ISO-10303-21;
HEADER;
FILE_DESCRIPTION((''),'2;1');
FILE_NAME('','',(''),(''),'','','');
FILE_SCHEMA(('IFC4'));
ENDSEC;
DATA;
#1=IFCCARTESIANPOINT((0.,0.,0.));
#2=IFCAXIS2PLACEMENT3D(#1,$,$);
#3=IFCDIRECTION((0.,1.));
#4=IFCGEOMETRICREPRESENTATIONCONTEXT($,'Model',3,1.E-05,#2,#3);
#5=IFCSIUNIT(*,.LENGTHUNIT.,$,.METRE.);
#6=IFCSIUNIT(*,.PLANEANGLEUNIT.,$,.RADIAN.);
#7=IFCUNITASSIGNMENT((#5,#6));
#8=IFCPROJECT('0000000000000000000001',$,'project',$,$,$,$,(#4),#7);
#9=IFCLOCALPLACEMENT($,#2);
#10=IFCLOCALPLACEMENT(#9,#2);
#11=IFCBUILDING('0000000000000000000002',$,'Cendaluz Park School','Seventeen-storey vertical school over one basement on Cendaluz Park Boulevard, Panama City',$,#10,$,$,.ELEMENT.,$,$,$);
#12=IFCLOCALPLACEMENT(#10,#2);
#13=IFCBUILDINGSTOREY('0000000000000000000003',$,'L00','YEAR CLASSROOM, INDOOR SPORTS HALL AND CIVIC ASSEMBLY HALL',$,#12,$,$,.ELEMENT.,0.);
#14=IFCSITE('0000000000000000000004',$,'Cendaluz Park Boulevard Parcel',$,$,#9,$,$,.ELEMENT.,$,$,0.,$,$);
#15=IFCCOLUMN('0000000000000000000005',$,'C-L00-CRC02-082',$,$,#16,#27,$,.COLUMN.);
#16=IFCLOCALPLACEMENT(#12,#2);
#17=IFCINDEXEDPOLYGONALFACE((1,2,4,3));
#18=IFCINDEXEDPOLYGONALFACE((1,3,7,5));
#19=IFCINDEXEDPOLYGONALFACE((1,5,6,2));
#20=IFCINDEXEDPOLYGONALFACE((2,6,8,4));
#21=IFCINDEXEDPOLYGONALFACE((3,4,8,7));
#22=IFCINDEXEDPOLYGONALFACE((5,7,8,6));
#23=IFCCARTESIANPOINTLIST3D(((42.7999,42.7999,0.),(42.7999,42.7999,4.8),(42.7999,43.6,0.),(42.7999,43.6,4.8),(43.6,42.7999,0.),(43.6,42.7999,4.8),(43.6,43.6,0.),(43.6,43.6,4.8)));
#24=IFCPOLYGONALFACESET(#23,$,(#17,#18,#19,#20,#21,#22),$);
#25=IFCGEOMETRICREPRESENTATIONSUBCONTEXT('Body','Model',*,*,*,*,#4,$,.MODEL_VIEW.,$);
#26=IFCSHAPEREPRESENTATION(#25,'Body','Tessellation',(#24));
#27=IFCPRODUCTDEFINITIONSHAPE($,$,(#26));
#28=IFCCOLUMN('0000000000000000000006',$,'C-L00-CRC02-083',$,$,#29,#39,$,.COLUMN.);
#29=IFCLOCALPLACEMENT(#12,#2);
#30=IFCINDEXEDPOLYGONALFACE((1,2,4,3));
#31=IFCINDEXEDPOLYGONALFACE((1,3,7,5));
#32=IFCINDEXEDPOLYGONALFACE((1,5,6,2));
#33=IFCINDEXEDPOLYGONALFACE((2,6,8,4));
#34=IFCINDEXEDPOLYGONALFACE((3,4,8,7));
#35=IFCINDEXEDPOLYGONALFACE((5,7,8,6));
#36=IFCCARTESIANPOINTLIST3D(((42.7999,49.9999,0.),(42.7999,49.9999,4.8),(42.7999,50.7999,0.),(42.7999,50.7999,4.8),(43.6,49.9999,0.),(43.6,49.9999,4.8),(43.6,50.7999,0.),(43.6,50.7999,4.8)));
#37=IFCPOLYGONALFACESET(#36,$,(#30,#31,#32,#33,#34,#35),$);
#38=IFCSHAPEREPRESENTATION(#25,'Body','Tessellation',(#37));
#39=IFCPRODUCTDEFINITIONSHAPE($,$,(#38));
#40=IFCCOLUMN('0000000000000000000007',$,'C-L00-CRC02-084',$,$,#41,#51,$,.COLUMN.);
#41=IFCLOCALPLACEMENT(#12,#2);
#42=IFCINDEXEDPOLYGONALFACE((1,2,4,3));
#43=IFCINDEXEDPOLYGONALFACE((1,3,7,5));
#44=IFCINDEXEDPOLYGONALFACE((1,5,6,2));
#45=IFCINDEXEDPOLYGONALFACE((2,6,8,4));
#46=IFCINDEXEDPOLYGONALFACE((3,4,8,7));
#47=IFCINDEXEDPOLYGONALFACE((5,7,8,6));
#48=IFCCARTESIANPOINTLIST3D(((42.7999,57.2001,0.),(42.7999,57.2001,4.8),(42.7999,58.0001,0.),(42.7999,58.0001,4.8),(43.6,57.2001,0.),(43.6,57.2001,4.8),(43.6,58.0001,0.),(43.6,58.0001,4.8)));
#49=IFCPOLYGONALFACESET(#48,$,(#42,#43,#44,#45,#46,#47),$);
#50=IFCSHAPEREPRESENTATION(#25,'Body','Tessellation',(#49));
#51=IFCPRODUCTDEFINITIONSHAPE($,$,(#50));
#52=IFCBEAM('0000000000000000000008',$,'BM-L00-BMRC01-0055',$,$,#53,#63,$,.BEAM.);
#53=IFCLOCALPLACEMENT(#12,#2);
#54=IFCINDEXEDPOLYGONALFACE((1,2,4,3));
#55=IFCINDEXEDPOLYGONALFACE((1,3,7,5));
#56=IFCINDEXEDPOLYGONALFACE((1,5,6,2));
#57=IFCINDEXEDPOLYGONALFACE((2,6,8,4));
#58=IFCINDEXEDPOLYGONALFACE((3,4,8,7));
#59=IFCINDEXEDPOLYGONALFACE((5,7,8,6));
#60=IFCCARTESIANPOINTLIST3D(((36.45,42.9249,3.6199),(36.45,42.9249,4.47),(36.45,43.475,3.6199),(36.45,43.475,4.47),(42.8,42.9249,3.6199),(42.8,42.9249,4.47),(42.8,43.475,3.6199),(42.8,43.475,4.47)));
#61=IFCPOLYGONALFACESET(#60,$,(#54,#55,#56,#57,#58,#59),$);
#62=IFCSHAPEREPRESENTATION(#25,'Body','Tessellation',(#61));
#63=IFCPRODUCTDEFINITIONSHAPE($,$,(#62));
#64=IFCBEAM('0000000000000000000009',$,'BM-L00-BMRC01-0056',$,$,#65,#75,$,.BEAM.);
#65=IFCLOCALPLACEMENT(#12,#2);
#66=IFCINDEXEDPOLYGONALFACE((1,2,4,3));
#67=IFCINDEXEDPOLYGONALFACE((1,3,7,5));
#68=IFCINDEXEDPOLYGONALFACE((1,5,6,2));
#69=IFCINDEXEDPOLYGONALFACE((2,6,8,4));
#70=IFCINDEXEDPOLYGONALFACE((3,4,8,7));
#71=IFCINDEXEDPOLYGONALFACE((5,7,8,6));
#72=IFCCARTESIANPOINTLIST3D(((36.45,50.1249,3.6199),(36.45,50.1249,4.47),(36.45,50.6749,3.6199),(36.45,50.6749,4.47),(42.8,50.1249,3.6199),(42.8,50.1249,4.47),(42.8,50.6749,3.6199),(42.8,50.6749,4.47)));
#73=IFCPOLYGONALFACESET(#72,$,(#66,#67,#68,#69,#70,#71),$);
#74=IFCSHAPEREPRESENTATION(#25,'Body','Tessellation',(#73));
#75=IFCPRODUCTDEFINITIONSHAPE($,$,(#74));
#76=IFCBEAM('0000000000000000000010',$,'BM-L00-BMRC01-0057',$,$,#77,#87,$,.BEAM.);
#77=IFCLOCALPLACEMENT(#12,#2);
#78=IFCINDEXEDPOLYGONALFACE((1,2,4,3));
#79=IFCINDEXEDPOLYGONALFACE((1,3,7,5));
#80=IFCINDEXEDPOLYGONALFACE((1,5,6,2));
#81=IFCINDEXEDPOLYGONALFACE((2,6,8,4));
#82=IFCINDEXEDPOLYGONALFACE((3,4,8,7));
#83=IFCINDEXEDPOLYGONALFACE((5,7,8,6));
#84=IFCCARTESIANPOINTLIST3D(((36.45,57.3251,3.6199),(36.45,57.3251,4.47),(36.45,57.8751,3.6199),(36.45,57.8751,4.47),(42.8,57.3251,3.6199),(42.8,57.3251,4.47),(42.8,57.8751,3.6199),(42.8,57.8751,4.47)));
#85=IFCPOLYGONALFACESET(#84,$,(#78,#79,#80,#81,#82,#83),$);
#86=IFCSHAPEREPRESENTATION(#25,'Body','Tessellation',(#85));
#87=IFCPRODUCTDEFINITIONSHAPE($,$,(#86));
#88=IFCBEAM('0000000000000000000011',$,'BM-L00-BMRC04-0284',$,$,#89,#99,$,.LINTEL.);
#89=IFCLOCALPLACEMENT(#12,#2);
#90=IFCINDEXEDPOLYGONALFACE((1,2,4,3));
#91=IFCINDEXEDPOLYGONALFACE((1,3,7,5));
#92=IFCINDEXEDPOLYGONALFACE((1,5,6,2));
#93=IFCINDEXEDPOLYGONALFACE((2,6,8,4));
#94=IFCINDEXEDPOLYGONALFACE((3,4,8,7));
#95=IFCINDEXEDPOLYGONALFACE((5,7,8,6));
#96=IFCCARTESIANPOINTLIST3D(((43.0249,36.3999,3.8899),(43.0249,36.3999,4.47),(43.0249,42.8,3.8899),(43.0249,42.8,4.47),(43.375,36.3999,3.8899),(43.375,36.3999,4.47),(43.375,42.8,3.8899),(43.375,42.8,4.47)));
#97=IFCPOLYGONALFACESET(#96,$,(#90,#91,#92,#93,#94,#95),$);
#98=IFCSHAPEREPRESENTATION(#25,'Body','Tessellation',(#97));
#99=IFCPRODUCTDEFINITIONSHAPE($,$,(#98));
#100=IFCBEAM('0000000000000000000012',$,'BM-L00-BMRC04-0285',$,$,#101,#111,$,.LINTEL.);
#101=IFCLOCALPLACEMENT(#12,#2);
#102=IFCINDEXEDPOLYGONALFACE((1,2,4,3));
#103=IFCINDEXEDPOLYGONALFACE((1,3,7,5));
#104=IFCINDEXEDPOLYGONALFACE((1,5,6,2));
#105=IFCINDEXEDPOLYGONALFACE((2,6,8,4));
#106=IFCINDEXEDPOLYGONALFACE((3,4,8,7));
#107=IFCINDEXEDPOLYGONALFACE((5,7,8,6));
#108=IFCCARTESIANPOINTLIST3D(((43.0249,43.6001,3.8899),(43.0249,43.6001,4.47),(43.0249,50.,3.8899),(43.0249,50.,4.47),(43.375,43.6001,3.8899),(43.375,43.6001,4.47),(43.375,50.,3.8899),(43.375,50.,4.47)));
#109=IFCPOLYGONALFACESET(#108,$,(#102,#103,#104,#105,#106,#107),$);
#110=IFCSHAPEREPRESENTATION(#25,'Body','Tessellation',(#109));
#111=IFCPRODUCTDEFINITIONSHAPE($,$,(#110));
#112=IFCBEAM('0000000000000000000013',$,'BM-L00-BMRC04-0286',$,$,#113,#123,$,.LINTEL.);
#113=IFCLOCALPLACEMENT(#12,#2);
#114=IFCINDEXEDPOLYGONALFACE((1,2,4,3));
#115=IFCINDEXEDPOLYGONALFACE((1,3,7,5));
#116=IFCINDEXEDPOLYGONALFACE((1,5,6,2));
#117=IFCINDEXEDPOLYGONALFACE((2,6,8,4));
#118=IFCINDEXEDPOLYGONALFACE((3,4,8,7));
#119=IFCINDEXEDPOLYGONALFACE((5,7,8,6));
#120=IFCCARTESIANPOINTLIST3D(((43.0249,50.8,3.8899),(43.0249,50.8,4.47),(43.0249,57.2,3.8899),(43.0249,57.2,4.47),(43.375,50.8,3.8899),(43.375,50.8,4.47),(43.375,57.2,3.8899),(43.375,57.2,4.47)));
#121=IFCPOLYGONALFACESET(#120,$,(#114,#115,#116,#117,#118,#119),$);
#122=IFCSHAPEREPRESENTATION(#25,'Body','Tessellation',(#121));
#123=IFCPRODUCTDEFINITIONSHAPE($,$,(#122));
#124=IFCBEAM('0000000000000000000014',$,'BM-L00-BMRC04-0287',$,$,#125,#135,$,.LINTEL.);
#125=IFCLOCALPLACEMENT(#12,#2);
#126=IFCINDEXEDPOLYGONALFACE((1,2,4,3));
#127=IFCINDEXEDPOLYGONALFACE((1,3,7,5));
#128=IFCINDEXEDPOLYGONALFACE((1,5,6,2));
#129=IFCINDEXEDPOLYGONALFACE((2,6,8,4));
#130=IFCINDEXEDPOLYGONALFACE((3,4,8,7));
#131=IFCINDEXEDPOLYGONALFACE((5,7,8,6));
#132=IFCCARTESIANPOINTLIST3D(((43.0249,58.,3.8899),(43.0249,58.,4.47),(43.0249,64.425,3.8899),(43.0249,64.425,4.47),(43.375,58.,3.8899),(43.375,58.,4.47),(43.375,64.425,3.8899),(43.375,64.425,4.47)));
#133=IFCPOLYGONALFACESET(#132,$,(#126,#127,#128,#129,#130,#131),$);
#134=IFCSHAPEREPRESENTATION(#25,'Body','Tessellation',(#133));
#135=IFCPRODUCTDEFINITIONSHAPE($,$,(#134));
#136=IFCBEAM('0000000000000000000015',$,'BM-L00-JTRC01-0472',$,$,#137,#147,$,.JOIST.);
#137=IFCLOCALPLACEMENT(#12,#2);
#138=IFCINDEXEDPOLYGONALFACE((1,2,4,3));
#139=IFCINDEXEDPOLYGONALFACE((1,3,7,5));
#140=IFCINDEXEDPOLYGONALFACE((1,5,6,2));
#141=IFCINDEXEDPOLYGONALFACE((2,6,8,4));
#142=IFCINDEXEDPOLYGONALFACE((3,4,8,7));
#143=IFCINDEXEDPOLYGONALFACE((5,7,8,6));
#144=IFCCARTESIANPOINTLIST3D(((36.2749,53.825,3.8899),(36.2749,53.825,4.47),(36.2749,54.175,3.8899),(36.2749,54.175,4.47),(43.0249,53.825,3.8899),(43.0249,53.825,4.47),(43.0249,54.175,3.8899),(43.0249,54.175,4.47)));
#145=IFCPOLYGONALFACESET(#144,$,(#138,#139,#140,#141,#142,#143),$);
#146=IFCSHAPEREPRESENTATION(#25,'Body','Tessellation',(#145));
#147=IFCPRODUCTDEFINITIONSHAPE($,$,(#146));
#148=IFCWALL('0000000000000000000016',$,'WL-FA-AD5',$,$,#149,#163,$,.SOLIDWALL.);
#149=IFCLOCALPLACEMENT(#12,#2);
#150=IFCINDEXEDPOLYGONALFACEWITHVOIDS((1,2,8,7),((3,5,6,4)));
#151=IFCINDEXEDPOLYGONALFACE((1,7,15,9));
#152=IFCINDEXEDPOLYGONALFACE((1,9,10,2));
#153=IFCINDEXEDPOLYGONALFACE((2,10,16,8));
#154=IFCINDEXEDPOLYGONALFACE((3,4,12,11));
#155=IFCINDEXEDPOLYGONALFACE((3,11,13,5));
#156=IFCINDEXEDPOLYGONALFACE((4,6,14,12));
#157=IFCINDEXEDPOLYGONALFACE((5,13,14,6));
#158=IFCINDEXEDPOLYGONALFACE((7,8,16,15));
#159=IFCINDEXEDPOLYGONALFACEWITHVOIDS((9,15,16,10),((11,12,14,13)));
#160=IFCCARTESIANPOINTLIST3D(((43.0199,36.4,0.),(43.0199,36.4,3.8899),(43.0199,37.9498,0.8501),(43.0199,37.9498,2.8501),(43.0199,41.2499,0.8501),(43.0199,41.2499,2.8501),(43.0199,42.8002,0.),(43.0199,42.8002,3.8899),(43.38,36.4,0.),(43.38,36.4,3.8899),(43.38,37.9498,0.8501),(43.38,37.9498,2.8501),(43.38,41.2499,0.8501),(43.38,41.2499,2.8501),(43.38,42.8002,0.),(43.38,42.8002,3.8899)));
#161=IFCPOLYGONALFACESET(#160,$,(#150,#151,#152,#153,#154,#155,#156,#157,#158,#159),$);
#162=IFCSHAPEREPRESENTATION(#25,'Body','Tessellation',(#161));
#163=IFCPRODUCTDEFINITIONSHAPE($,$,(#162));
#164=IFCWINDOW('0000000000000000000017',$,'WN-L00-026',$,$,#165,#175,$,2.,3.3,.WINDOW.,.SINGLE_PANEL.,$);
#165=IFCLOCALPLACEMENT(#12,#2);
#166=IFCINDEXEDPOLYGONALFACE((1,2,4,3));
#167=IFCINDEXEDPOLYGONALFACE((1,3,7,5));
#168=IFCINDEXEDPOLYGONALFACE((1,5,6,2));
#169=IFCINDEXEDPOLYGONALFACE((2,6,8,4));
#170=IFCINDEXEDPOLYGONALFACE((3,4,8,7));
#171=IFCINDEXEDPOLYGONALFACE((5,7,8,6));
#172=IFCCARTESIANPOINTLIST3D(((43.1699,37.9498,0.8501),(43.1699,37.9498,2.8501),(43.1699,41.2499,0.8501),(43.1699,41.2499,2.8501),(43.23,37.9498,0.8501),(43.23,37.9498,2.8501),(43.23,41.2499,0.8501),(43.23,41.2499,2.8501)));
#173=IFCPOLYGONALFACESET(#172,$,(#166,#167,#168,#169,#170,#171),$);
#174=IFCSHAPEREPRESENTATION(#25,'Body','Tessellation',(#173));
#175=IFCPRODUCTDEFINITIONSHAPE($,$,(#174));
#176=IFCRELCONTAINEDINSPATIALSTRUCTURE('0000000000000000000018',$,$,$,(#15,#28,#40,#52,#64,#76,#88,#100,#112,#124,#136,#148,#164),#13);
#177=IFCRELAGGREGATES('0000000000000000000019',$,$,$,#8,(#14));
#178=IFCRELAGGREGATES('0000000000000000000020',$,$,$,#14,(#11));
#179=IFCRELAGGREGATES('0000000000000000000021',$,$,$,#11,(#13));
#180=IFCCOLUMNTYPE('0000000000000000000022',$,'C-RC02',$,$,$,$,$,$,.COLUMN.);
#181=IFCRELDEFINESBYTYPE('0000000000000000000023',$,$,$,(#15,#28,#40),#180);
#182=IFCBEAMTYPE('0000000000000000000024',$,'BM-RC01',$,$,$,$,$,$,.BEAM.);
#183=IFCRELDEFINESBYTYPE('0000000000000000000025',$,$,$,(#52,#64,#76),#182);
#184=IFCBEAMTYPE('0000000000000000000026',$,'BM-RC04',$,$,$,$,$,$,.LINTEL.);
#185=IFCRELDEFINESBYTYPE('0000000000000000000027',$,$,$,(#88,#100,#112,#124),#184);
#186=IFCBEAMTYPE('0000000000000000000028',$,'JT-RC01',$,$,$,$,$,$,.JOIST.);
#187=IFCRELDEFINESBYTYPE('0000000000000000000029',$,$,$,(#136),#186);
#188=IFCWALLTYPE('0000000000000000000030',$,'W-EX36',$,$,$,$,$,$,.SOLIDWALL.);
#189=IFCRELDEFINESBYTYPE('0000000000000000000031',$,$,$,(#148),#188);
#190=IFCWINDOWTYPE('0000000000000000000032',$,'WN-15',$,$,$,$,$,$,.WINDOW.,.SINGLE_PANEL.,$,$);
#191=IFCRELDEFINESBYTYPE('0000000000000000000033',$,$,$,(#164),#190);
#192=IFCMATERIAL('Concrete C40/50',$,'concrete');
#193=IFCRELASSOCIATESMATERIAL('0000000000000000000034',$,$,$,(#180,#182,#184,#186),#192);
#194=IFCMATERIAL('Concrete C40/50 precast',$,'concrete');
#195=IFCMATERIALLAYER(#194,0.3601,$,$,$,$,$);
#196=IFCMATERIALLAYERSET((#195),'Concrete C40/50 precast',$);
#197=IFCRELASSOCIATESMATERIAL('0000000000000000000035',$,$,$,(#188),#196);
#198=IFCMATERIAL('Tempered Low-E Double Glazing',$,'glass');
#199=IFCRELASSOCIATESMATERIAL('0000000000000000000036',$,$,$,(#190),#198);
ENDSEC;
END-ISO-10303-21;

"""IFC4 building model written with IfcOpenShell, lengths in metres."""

from ifc_helpers import new_model, si_unit, direction, frame, frame_2d, origin, origin_2d, place, context, subcontext, project, spatial, rectangle, extrude, material, layer, layer_set, material_profile, profile_set, type_object, element, fill, save


model = new_model("IFC4")

# Units and contexts
model_context = context("Model", 3, precision=1e-05, world=origin(), true_north=direction((0.0, 1.0)))
body_context = subcontext(model_context, "Body", "Model", "MODEL_VIEW")
ifc_project = project(units=[si_unit("LENGTHUNIT", "METRE"), si_unit("PLANEANGLEUNIT", "RADIAN")], contexts=[model_context])

# Site, building, storey
site_placement = place(None, origin())
site = spatial("IfcSite", under=ifc_project, at=site_placement, Name="Cendaluz Park Boulevard Parcel", CompositionType="ELEMENT", RefElevation=0.0)
building_placement = place(site_placement, origin())
building = spatial("IfcBuilding", under=site, at=building_placement, Name="Cendaluz Park School", Description="Seventeen-storey vertical school over one basement on Cendaluz Park Boulevard, Panama City", CompositionType="ELEMENT")
storey_placement = place(building_placement, origin())
storey = spatial("IfcBuildingStorey", under=building, at=storey_placement, Name="L00", Description="YEAR CLASSROOM, INDOOR SPORTS HALL AND CIVIC ASSEMBLY HALL", CompositionType="ELEMENT", Elevation=0.0)

# Columns
ifc_material_1 = material(Name="Concrete C40/50", Category="concrete")
ifc_material_profile_1 = material_profile(ifc_material_1, rectangle(XDim=0.8, YDim=0.8, at=origin_2d()), Name="RC 800x800", Category="concrete")
ifc_profile_set_1 = profile_set([ifc_material_profile_1], Name="Concrete C40/50")
column_type = type_object("IfcColumnType", Name="C-RC02", PredefinedType="COLUMN", material=ifc_profile_set_1)
for number, where, z_axis, x_axis, name in (
    (1, (43.2, 43.2, 0.0), (0.0, 0.0, 1.0), (1.0, 0.0, 0.0), "C-L00-CRC02-082"),
    (2, (43.2, 50.3999, 0.0), (0.0, 0.0, 1.0), (1.0, 0.0, 0.0), "C-L00-CRC02-083"),
    (3, (43.2, 57.6001, 0.0), (0.0, 0.0, 1.0), (1.0, 0.0, 0.0), "C-L00-CRC02-084"),
):
    element("IfcColumn", number, at=place(storey_placement, frame(where, z_axis=z_axis, x_axis=x_axis)), inside=storey, type_object=column_type, Name=name, PredefinedType="COLUMN", context=body_context, shape_type="SweptSolid", body=[
        extrude(rectangle(XDim=0.8, YDim=0.8, at=origin_2d()), origin(), (0.0, 0.0, 1.0), 4.8),
    ])

# Beams
ifc_material_profile_2 = material_profile(ifc_material_1, rectangle(XDim=0.55, YDim=0.8501, at=origin_2d()), Name="RC 550x850", Category="concrete")
ifc_profile_set_2 = profile_set([ifc_material_profile_2], Name="Concrete C40/50")
beam_type_1 = type_object("IfcBeamType", Name="BM-RC01", PredefinedType="BEAM", material=ifc_profile_set_2)
for number, where, z_axis, x_axis, name in (
    (4, (36.45, 43.2, 4.0449), (1.0, 0.0, 0.0), (0.0, 1.0, 0.0), "BM-L00-BMRC01-0055"),
    (5, (36.45, 50.3999, 4.0449), (1.0, 0.0, 0.0), (0.0, 1.0, 0.0), "BM-L00-BMRC01-0056"),
    (6, (36.45, 57.6001, 4.0449), (1.0, 0.0, 0.0), (0.0, 1.0, 0.0), "BM-L00-BMRC01-0057"),
):
    element("IfcBeam", number, at=place(storey_placement, frame(where, z_axis=z_axis, x_axis=x_axis)), inside=storey, type_object=beam_type_1, Name=name, PredefinedType="BEAM", context=body_context, shape_type="SweptSolid", body=[
        extrude(rectangle(XDim=0.55, YDim=0.8501, at=origin_2d()), origin(), (0.0, 0.0, 1.0), 6.3501),
    ])
ifc_material_profile_3 = material_profile(ifc_material_1, rectangle(XDim=0.3501, YDim=0.5801, at=origin_2d()), Name="RC 350x580", Category="concrete")
ifc_profile_set_3 = profile_set([ifc_material_profile_3], Name="Concrete C40/50")
beam_type_2 = type_object("IfcBeamType", Name="BM-RC04", PredefinedType="LINTEL", material=ifc_profile_set_3)
beam_1_placement = place(storey_placement, frame((43.2, 36.3999, 4.1799), z_axis=(0.0, 1.0, 0.0), x_axis=(-1.0, 0.0, 0.0)))
element("IfcBeam", 7, at=beam_1_placement, inside=storey, type_object=beam_type_2, Name="BM-L00-BMRC04-0284", PredefinedType="LINTEL", context=body_context, shape_type="SweptSolid", body=[
    extrude(rectangle(XDim=0.3501, YDim=0.5801, at=origin_2d()), origin(), (0.0, 0.0, 1.0), 6.4001),
])
for number, where, z_axis, x_axis, name in (
    (8, (43.2, 43.6001, 4.1799), (0.0, 1.0, 0.0), (-1.0, 0.0, 0.0), "BM-L00-BMRC04-0285"),
    (9, (43.2, 50.8, 4.1799), (0.0, 1.0, 0.0), (-1.0, 0.0, 0.0), "BM-L00-BMRC04-0286"),
):
    element("IfcBeam", number, at=place(storey_placement, frame(where, z_axis=z_axis, x_axis=x_axis)), inside=storey, type_object=beam_type_2, Name=name, PredefinedType="LINTEL", context=body_context, shape_type="SweptSolid", body=[
        extrude(rectangle(XDim=0.3501, YDim=0.5801, at=origin_2d()), origin(), (0.0, 0.0, 1.0), 6.3999),
    ])
beam_2_placement = place(storey_placement, frame((43.2, 58.0, 4.1799), z_axis=(0.0, 1.0, 0.0), x_axis=(-1.0, 0.0, 0.0)))
element("IfcBeam", 10, at=beam_2_placement, inside=storey, type_object=beam_type_2, Name="BM-L00-BMRC04-0287", PredefinedType="LINTEL", context=body_context, shape_type="SweptSolid", body=[
    extrude(rectangle(XDim=0.3501, YDim=0.5801, at=origin_2d()), origin(), (0.0, 0.0, 1.0), 6.425),
])
ifc_material_profile_4 = material_profile(ifc_material_1, rectangle(XDim=0.3501, YDim=0.5801, at=origin_2d()), Name="RC 350x580", Category="concrete")
ifc_profile_set_4 = profile_set([ifc_material_profile_4], Name="Concrete C40/50")
beam_type_3 = type_object("IfcBeamType", Name="JT-RC01", PredefinedType="JOIST", material=ifc_profile_set_4)
beam_3_placement = place(storey_placement, frame((36.2749, 54.0, 4.1799), z_axis=(1.0, 0.0, 0.0), x_axis=(0.0, 1.0, 0.0)))
element("IfcBeam", 11, at=beam_3_placement, inside=storey, type_object=beam_type_3, Name="BM-L00-JTRC01-0472", PredefinedType="JOIST", context=body_context, shape_type="SweptSolid", body=[
    extrude(rectangle(XDim=0.3501, YDim=0.5801, at=origin_2d()), origin(), (0.0, 0.0, 1.0), 6.75),
])

# Wall, opening, window
ifc_material_2 = material(Name="Concrete C40/50 precast", Category="concrete")
ifc_layer = layer(ifc_material_2, 0.3601)
ifc_layer_set = layer_set([ifc_layer], Name="Concrete C40/50 precast")
wall_type = type_object("IfcWallType", Name="W-EX36", PredefinedType="SOLIDWALL", material=ifc_layer_set)
wall_1_placement = place(storey_placement, frame((43.2, 36.3999, 0.0), z_axis=(0.0, 0.0, 1.0), x_axis=(0.0, 1.0, 0.0)))
wall_1 = element("IfcWall", 12, at=wall_1_placement, inside=storey, type_object=wall_type, Name="WL-FA-AD5", PredefinedType="SOLIDWALL", context=body_context, shape_type="SweptSolid", body=[
    extrude(rectangle(XDim=6.4001, YDim=0.3601, at=frame_2d((3.2002, 0.0))), origin(), (0.0, 0.0, 1.0), 3.8899),
])
opening_1_placement = place(wall_1_placement, frame((1.55, 0.0, 0.8501)))
opening_1 = element("IfcOpeningElement", 13, at=opening_1_placement, cuts=wall_1, PredefinedType="OPENING", context=body_context, shape_type="SweptSolid", body=[
    extrude(rectangle(XDim=3.3, YDim=2.0, at=frame_2d((1.6499, 1.0))), frame((0.0, 0.1921, 0.0), z_axis=(0.0, -1.0, 0.0), x_axis=(1.0, 0.0, 0.0)), (0.0, 0.0, 1.0), 0.384),
])
ifc_material_3 = material(Name="Tempered Low-E Double Glazing", Category="glass")
window_type_1 = type_object("IfcWindowType", Name="WN-15", PartitioningType="SINGLE_PANEL", PredefinedType="WINDOW", material=ifc_material_3)
window_1_placement = place(opening_1_placement, origin())
window_1 = element("IfcWindow", 14, at=window_1_placement, inside=storey, type_object=window_type_1, Name="WN-L00-026", OverallHeight=2.0, OverallWidth=3.3, PartitioningType="SINGLE_PANEL", PredefinedType="WINDOW", context=body_context, shape_type="SweptSolid", body=[
    extrude(rectangle(XDim=3.3, YDim=2.0, at=frame_2d((1.6499, 1.0))), frame((0.0, 0.03, 0.0), z_axis=(0.0, -1.0, 0.0), x_axis=(1.0, 0.0, 0.0)), (0.0, 0.0, 1.0), 0.0601),
])
fill(opening_1, window_1)

save(model, "model.ifc")
